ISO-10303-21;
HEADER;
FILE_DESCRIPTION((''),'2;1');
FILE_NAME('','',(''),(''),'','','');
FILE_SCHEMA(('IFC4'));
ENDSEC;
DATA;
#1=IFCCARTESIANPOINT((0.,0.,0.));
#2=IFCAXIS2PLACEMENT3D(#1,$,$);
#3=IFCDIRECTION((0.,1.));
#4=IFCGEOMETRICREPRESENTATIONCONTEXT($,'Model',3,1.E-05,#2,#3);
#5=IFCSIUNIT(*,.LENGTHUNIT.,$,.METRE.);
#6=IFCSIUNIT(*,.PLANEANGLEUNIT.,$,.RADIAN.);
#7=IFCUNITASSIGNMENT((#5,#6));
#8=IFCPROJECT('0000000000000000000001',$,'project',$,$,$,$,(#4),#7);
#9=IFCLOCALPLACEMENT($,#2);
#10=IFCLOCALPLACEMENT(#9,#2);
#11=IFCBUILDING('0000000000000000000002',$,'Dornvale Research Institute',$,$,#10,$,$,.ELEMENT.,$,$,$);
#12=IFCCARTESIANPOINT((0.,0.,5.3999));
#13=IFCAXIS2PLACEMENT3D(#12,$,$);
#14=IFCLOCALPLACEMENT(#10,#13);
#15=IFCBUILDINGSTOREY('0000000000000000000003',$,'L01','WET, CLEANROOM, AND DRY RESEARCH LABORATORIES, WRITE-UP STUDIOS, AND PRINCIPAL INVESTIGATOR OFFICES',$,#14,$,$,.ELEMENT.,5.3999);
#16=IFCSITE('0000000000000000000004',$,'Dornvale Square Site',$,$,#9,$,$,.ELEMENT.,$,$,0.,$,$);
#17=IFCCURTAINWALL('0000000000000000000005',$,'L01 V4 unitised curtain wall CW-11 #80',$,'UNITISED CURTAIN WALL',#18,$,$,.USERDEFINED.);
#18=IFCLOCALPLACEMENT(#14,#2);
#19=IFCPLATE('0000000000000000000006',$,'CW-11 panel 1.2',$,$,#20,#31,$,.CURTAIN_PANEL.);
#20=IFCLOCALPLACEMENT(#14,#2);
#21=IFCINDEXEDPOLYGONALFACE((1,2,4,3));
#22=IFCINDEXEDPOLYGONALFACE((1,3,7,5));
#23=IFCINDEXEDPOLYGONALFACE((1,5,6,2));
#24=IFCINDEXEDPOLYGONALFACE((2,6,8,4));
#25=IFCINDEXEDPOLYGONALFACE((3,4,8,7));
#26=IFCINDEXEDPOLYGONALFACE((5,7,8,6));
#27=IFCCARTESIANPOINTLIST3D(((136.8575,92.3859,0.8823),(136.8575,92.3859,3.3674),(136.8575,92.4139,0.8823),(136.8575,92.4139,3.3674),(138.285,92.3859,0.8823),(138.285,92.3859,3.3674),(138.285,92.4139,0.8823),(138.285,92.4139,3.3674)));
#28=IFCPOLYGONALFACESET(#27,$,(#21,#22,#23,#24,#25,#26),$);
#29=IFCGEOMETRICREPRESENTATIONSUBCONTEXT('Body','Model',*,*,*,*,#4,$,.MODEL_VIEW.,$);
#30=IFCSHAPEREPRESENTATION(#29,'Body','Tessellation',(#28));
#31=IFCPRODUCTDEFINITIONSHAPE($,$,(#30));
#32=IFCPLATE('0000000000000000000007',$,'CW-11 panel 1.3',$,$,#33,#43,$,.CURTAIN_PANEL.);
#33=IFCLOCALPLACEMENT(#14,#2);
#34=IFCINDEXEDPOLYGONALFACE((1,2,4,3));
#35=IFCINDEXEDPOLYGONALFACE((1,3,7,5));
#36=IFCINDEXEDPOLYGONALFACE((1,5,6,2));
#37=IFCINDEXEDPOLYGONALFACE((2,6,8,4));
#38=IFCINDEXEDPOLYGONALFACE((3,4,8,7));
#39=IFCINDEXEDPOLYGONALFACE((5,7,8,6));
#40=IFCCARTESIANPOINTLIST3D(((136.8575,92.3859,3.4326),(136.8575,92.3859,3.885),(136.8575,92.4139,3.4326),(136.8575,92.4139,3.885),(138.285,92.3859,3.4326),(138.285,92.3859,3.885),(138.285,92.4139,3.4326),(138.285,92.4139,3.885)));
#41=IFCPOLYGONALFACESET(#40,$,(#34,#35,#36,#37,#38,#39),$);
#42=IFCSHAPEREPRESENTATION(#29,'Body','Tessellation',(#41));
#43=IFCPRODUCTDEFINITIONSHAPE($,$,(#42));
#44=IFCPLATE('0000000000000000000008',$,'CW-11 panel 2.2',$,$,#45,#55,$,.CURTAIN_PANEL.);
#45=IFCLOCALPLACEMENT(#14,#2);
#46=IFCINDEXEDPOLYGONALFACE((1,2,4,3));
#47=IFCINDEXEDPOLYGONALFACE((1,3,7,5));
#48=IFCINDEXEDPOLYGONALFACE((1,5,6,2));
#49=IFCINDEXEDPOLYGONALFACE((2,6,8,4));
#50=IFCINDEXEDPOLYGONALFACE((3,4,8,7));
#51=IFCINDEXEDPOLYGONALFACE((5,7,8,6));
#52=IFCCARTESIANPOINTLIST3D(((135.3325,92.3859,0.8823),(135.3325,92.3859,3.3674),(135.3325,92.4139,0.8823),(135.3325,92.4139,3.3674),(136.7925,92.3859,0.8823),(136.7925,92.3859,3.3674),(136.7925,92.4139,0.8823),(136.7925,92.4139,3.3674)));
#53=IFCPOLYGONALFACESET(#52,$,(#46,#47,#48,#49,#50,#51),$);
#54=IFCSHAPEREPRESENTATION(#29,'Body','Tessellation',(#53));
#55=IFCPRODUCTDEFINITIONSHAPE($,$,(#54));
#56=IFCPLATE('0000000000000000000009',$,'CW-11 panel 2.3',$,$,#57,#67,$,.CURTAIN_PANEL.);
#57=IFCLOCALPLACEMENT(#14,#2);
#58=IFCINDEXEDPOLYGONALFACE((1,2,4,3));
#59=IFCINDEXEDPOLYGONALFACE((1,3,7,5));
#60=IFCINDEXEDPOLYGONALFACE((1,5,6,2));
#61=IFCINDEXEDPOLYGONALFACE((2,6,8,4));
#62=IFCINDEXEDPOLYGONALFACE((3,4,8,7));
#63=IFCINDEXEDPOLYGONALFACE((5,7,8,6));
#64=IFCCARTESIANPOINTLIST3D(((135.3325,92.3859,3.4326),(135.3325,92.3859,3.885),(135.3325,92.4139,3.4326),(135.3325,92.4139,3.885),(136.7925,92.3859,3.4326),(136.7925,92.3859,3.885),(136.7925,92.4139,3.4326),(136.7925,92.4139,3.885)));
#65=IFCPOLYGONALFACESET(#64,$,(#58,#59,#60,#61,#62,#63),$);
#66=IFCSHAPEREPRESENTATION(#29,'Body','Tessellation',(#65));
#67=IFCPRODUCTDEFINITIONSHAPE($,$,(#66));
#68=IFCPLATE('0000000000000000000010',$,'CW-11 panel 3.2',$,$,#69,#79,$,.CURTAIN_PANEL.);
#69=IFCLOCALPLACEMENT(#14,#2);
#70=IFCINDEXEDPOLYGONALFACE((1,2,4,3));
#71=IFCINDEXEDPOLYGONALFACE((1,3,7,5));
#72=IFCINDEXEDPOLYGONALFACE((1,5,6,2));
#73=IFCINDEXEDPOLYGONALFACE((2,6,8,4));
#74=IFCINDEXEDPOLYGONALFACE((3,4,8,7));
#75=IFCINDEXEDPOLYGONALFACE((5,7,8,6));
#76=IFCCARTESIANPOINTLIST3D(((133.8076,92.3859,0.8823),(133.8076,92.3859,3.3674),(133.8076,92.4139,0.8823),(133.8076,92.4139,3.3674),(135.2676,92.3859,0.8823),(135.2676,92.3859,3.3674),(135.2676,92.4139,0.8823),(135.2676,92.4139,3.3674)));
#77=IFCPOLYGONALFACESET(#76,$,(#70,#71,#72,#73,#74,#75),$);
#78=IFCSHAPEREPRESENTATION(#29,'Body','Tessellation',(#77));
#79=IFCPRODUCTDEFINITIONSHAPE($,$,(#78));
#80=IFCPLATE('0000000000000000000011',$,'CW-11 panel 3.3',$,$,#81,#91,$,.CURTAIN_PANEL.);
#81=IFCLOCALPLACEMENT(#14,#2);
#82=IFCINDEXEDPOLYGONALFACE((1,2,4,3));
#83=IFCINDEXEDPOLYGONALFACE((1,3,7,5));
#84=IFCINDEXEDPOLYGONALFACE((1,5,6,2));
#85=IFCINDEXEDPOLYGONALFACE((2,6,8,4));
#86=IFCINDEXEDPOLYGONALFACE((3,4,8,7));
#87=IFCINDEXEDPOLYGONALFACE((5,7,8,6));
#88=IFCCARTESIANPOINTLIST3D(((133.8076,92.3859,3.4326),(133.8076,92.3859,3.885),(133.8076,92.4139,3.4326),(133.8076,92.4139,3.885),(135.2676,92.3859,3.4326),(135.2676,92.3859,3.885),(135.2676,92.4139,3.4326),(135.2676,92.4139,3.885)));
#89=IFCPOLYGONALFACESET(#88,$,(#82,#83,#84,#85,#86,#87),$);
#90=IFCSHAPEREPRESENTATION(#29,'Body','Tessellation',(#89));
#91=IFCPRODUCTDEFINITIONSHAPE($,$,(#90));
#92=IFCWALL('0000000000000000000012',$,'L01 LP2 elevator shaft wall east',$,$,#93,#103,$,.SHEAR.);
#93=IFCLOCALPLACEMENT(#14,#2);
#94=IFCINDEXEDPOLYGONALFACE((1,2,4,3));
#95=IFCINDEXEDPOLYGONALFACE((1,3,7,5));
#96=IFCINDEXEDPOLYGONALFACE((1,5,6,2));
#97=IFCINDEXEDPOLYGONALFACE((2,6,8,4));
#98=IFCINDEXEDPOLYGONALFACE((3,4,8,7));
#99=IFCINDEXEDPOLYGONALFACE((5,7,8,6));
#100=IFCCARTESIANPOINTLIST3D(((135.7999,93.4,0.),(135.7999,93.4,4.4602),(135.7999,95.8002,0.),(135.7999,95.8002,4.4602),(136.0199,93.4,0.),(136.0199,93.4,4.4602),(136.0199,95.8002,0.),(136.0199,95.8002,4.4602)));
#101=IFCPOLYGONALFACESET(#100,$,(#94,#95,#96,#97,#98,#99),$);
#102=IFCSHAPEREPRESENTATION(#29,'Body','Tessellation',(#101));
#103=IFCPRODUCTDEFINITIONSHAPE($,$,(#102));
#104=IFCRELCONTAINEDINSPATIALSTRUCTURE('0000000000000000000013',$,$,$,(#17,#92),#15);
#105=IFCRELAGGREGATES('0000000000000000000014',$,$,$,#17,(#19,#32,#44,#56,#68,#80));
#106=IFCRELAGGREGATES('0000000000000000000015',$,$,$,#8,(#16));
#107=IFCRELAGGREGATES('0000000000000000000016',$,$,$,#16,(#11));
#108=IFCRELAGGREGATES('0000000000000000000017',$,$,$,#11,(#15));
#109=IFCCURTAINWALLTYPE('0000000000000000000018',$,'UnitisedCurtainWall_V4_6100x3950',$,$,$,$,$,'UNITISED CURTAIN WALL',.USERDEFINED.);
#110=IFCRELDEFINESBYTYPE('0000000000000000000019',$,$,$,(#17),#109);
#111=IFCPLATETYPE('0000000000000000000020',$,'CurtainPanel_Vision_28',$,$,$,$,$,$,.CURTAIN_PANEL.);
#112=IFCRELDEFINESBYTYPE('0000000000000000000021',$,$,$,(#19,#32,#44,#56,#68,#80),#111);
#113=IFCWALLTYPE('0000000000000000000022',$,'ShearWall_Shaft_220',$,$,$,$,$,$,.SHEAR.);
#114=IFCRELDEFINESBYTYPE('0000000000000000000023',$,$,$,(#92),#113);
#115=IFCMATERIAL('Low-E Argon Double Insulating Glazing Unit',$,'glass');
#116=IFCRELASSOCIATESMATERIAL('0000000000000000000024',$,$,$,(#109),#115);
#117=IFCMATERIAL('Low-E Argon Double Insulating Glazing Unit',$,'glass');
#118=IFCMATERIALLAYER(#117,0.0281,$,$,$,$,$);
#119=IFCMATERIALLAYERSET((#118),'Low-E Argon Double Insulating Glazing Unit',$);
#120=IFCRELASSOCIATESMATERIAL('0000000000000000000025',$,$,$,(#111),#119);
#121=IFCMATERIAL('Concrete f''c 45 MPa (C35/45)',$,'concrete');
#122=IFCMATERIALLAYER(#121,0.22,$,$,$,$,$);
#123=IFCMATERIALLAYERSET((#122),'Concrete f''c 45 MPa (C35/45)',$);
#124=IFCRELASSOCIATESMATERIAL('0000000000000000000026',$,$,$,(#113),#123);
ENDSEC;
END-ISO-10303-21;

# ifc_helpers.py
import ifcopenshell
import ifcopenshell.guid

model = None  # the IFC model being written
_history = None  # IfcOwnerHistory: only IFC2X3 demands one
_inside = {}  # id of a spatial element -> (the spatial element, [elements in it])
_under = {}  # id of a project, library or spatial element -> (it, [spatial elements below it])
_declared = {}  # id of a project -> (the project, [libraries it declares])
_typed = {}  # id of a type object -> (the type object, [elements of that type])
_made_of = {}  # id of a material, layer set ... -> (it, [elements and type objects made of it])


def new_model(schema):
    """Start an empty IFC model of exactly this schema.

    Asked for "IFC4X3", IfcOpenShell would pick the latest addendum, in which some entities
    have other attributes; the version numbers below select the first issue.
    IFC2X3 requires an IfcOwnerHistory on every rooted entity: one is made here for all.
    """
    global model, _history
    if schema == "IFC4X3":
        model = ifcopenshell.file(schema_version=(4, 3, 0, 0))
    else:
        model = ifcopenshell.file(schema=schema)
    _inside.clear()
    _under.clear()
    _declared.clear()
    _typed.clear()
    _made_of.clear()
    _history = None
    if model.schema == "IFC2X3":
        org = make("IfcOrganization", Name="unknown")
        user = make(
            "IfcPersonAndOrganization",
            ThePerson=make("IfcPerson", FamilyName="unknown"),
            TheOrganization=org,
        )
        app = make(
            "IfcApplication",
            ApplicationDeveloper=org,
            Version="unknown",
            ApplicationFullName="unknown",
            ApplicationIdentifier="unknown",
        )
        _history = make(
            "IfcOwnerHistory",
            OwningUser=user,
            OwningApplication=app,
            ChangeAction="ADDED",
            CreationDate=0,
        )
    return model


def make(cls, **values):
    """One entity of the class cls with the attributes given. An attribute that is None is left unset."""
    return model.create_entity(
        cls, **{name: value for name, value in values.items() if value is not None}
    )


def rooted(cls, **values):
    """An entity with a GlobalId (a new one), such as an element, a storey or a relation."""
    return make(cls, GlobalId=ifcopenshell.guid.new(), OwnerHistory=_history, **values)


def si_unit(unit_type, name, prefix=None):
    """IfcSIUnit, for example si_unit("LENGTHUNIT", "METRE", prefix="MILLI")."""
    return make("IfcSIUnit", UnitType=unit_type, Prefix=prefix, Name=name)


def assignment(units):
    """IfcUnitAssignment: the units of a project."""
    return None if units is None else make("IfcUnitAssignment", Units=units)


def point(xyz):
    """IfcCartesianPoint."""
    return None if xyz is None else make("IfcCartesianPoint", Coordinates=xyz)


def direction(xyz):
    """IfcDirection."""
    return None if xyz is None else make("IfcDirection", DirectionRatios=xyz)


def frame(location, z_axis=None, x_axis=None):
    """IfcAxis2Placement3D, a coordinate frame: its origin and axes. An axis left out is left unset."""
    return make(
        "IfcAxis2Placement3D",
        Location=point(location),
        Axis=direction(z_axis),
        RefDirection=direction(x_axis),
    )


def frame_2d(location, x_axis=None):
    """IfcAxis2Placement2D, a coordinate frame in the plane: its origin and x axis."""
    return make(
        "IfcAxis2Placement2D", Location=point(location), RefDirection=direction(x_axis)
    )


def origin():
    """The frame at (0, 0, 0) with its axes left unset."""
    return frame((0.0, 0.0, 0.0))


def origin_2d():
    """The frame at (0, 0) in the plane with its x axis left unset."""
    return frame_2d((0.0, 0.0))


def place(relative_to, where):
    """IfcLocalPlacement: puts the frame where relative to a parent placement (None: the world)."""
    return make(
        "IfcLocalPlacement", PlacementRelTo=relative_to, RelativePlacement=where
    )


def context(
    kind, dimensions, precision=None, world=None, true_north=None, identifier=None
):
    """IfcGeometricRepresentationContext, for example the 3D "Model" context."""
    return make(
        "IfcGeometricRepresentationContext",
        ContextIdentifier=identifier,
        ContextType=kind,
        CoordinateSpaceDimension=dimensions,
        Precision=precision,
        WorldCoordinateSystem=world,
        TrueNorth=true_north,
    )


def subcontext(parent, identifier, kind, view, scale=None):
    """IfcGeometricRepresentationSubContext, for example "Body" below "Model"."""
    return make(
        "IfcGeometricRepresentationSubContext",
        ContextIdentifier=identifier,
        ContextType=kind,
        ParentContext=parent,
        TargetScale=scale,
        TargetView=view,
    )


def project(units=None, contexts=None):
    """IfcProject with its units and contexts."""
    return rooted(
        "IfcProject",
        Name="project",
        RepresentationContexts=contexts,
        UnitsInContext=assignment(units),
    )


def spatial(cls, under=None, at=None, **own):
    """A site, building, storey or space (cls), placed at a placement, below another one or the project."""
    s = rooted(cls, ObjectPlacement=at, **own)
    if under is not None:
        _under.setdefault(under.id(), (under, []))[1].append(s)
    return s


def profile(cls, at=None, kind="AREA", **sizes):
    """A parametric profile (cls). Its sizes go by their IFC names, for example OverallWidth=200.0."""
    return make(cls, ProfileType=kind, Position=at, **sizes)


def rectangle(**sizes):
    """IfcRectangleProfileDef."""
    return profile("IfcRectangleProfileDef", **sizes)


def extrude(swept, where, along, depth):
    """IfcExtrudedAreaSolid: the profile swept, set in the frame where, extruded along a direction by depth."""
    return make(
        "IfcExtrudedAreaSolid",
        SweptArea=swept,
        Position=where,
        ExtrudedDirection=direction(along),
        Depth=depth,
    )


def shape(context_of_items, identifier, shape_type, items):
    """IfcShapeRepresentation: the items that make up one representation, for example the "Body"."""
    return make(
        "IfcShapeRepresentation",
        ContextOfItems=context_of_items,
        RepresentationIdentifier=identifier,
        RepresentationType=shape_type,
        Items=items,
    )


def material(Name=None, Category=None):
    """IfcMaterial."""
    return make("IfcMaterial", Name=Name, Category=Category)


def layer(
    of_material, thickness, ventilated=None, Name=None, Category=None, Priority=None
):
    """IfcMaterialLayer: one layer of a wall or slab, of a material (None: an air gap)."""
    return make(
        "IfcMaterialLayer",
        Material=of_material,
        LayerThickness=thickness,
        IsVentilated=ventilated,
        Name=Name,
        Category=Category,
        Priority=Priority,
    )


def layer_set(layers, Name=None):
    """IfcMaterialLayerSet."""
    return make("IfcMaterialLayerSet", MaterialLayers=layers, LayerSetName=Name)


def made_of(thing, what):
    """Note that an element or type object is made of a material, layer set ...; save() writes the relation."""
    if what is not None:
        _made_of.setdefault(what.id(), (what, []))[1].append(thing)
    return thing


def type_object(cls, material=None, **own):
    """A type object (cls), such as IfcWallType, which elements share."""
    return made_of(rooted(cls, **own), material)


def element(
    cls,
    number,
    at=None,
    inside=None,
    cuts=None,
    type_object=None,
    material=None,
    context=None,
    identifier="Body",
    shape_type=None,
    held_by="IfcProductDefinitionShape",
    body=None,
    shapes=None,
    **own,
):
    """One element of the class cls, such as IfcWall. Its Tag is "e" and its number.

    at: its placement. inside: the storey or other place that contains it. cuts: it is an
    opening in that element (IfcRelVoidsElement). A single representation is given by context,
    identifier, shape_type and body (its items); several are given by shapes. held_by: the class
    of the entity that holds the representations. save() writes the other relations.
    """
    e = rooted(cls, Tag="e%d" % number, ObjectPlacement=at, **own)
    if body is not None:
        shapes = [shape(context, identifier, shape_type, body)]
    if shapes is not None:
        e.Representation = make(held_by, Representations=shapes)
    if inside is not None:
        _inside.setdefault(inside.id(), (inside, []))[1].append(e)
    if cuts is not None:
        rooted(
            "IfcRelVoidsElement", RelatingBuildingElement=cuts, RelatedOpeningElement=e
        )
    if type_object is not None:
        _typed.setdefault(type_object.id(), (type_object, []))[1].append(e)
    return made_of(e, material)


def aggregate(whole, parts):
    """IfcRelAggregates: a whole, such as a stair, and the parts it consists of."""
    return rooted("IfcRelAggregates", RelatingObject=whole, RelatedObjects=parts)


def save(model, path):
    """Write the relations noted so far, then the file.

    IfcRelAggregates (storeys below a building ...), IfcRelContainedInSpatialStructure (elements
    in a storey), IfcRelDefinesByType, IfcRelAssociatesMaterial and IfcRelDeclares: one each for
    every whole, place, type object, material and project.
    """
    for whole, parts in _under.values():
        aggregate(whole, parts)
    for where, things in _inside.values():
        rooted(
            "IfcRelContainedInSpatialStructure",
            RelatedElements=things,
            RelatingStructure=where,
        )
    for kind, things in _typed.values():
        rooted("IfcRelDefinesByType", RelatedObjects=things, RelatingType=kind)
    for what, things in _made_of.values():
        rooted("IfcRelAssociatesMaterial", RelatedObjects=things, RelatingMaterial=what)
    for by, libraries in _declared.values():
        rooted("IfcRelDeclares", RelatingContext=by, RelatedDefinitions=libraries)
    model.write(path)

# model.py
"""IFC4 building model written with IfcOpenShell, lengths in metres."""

from ifc_helpers import new_model, si_unit, direction, frame, frame_2d, origin, origin_2d, place, context, subcontext, project, spatial, rectangle, extrude, material, layer, layer_set, type_object, element, aggregate, save


model = new_model("IFC4")

# Units and contexts
model_context = context("Model", 3, precision=1e-05, world=origin(), true_north=direction((0.0, 1.0)))
body_context = subcontext(model_context, "Body", "Model", "MODEL_VIEW")
ifc_project = project(units=[si_unit("LENGTHUNIT", "METRE"), si_unit("PLANEANGLEUNIT", "RADIAN")], contexts=[model_context])

# Site, building, storey
site_placement = place(None, origin())
site = spatial("IfcSite", under=ifc_project, at=site_placement, Name="Dornvale Square Site", CompositionType="ELEMENT", RefElevation=0.0)
building_placement = place(site_placement, origin())
building = spatial("IfcBuilding", under=site, at=building_placement, Name="Dornvale Research Institute", CompositionType="ELEMENT")
storey_placement = place(building_placement, frame((0.0, 0.0, 5.3999)))
storey = spatial("IfcBuildingStorey", under=building, at=storey_placement, Name="L01", Description="WET, CLEANROOM, AND DRY RESEARCH LABORATORIES, WRITE-UP STUDIOS, AND PRINCIPAL INVESTIGATOR OFFICES", CompositionType="ELEMENT", Elevation=5.3999)

# Curtain wall
ifc_material_1 = material(Name="Low-E Argon Double Insulating Glazing Unit", Category="glass")
curtain_wall_type = type_object("IfcCurtainWallType", Name="UnitisedCurtainWall_V4_6100x3950", ElementType="UNITISED CURTAIN WALL", PredefinedType="USERDEFINED", material=ifc_material_1)
curtain_wall_placement = place(storey_placement, origin())
curtain_wall = element("IfcCurtainWall", 1, at=curtain_wall_placement, inside=storey, type_object=curtain_wall_type, Name="L01 V4 unitised curtain wall CW-11 #80", ObjectType="UNITISED CURTAIN WALL", PredefinedType="USERDEFINED")

# Plates
ifc_material_2 = material(Name="Low-E Argon Double Insulating Glazing Unit", Category="glass")
ifc_layer_1 = layer(ifc_material_2, 0.0281)
ifc_layer_set_1 = layer_set([ifc_layer_1], Name="Low-E Argon Double Insulating Glazing Unit")
plate_type_1 = type_object("IfcPlateType", Name="CurtainPanel_Vision_28", PredefinedType="CURTAIN_PANEL", material=ifc_layer_set_1)
plate_1_placement = place(storey_placement, frame((137.5713, 92.3999, 0.8823), z_axis=(0.0, 0.0, 1.0), x_axis=(-1.0, 0.0, 0.0)))
plate_1 = element("IfcPlate", 2, at=plate_1_placement, type_object=plate_type_1, Name="CW-11 panel 1.2", PredefinedType="CURTAIN_PANEL", context=body_context, shape_type="SweptSolid", body=[
    extrude(rectangle(XDim=1.4275, YDim=0.0281, at=origin_2d()), origin(), (0.0, 0.0, 1.0), 2.4851),
])
plate_2_placement = place(storey_placement, frame((137.5713, 92.3999, 3.4326), z_axis=(0.0, 0.0, 1.0), x_axis=(-1.0, 0.0, 0.0)))
plate_2 = element("IfcPlate", 3, at=plate_2_placement, type_object=plate_type_1, Name="CW-11 panel 1.3", PredefinedType="CURTAIN_PANEL", context=body_context, shape_type="SweptSolid", body=[
    extrude(rectangle(XDim=1.4275, YDim=0.0281, at=origin_2d()), origin(), (0.0, 0.0, 1.0), 0.4524),
])
plate_3_placement = place(storey_placement, frame((136.0625, 92.3999, 0.8823), z_axis=(0.0, 0.0, 1.0), x_axis=(-1.0, 0.0, 0.0)))
plate_3 = element("IfcPlate", 4, at=plate_3_placement, type_object=plate_type_1, Name="CW-11 panel 2.2", PredefinedType="CURTAIN_PANEL", context=body_context, shape_type="SweptSolid", body=[
    extrude(rectangle(XDim=1.46, YDim=0.0281, at=origin_2d()), origin(), (0.0, 0.0, 1.0), 2.4851),
])
plate_4_placement = place(storey_placement, frame((136.0625, 92.3999, 3.4326), z_axis=(0.0, 0.0, 1.0), x_axis=(-1.0, 0.0, 0.0)))
plate_4 = element("IfcPlate", 5, at=plate_4_placement, type_object=plate_type_1, Name="CW-11 panel 2.3", PredefinedType="CURTAIN_PANEL", context=body_context, shape_type="SweptSolid", body=[
    extrude(rectangle(XDim=1.46, YDim=0.0281, at=origin_2d()), origin(), (0.0, 0.0, 1.0), 0.4524),
])
plate_5_placement = place(storey_placement, frame((134.5376, 92.3999, 0.8823), z_axis=(0.0, 0.0, 1.0), x_axis=(-1.0, 0.0, 0.0)))
plate_5 = element("IfcPlate", 6, at=plate_5_placement, type_object=plate_type_1, Name="CW-11 panel 3.2", PredefinedType="CURTAIN_PANEL", context=body_context, shape_type="SweptSolid", body=[
    extrude(rectangle(XDim=1.46, YDim=0.0281, at=origin_2d()), origin(), (0.0, 0.0, 1.0), 2.4851),
])
plate_6_placement = place(storey_placement, frame((134.5376, 92.3999, 3.4326), z_axis=(0.0, 0.0, 1.0), x_axis=(-1.0, 0.0, 0.0)))
plate_6 = element("IfcPlate", 7, at=plate_6_placement, type_object=plate_type_1, Name="CW-11 panel 3.3", PredefinedType="CURTAIN_PANEL", context=body_context, shape_type="SweptSolid", body=[
    extrude(rectangle(XDim=1.46, YDim=0.0281, at=origin_2d()), origin(), (0.0, 0.0, 1.0), 0.4524),
])
aggregate(curtain_wall, [plate_1, plate_2, plate_3, plate_4, plate_5, plate_6])

# Wall
ifc_material_3 = material(Name="Concrete f'c 45 MPa (C35/45)", Category="concrete")
ifc_layer_2 = layer(ifc_material_3, 0.22)
ifc_layer_set_2 = layer_set([ifc_layer_2], Name="Concrete f'c 45 MPa (C35/45)")
wall_type = type_object("IfcWallType", Name="ShearWall_Shaft_220", PredefinedType="SHEAR", material=ifc_layer_set_2)
wall_placement = place(storey_placement, frame((135.9099, 93.3999, 0.0), z_axis=(0.0, 0.0, 1.0), x_axis=(0.0, 1.0, 0.0)))
element("IfcWall", 8, at=wall_placement, inside=storey, type_object=wall_type, Name="L01 LP2 elevator shaft wall east", PredefinedType="SHEAR", context=body_context, shape_type="SweptSolid", body=[
    extrude(rectangle(XDim=2.4001, YDim=0.22, at=frame_2d((1.2002, 0.0))), origin(), (0.0, 0.0, 1.0), 4.4602),
])

save(model, "model.ifc")
